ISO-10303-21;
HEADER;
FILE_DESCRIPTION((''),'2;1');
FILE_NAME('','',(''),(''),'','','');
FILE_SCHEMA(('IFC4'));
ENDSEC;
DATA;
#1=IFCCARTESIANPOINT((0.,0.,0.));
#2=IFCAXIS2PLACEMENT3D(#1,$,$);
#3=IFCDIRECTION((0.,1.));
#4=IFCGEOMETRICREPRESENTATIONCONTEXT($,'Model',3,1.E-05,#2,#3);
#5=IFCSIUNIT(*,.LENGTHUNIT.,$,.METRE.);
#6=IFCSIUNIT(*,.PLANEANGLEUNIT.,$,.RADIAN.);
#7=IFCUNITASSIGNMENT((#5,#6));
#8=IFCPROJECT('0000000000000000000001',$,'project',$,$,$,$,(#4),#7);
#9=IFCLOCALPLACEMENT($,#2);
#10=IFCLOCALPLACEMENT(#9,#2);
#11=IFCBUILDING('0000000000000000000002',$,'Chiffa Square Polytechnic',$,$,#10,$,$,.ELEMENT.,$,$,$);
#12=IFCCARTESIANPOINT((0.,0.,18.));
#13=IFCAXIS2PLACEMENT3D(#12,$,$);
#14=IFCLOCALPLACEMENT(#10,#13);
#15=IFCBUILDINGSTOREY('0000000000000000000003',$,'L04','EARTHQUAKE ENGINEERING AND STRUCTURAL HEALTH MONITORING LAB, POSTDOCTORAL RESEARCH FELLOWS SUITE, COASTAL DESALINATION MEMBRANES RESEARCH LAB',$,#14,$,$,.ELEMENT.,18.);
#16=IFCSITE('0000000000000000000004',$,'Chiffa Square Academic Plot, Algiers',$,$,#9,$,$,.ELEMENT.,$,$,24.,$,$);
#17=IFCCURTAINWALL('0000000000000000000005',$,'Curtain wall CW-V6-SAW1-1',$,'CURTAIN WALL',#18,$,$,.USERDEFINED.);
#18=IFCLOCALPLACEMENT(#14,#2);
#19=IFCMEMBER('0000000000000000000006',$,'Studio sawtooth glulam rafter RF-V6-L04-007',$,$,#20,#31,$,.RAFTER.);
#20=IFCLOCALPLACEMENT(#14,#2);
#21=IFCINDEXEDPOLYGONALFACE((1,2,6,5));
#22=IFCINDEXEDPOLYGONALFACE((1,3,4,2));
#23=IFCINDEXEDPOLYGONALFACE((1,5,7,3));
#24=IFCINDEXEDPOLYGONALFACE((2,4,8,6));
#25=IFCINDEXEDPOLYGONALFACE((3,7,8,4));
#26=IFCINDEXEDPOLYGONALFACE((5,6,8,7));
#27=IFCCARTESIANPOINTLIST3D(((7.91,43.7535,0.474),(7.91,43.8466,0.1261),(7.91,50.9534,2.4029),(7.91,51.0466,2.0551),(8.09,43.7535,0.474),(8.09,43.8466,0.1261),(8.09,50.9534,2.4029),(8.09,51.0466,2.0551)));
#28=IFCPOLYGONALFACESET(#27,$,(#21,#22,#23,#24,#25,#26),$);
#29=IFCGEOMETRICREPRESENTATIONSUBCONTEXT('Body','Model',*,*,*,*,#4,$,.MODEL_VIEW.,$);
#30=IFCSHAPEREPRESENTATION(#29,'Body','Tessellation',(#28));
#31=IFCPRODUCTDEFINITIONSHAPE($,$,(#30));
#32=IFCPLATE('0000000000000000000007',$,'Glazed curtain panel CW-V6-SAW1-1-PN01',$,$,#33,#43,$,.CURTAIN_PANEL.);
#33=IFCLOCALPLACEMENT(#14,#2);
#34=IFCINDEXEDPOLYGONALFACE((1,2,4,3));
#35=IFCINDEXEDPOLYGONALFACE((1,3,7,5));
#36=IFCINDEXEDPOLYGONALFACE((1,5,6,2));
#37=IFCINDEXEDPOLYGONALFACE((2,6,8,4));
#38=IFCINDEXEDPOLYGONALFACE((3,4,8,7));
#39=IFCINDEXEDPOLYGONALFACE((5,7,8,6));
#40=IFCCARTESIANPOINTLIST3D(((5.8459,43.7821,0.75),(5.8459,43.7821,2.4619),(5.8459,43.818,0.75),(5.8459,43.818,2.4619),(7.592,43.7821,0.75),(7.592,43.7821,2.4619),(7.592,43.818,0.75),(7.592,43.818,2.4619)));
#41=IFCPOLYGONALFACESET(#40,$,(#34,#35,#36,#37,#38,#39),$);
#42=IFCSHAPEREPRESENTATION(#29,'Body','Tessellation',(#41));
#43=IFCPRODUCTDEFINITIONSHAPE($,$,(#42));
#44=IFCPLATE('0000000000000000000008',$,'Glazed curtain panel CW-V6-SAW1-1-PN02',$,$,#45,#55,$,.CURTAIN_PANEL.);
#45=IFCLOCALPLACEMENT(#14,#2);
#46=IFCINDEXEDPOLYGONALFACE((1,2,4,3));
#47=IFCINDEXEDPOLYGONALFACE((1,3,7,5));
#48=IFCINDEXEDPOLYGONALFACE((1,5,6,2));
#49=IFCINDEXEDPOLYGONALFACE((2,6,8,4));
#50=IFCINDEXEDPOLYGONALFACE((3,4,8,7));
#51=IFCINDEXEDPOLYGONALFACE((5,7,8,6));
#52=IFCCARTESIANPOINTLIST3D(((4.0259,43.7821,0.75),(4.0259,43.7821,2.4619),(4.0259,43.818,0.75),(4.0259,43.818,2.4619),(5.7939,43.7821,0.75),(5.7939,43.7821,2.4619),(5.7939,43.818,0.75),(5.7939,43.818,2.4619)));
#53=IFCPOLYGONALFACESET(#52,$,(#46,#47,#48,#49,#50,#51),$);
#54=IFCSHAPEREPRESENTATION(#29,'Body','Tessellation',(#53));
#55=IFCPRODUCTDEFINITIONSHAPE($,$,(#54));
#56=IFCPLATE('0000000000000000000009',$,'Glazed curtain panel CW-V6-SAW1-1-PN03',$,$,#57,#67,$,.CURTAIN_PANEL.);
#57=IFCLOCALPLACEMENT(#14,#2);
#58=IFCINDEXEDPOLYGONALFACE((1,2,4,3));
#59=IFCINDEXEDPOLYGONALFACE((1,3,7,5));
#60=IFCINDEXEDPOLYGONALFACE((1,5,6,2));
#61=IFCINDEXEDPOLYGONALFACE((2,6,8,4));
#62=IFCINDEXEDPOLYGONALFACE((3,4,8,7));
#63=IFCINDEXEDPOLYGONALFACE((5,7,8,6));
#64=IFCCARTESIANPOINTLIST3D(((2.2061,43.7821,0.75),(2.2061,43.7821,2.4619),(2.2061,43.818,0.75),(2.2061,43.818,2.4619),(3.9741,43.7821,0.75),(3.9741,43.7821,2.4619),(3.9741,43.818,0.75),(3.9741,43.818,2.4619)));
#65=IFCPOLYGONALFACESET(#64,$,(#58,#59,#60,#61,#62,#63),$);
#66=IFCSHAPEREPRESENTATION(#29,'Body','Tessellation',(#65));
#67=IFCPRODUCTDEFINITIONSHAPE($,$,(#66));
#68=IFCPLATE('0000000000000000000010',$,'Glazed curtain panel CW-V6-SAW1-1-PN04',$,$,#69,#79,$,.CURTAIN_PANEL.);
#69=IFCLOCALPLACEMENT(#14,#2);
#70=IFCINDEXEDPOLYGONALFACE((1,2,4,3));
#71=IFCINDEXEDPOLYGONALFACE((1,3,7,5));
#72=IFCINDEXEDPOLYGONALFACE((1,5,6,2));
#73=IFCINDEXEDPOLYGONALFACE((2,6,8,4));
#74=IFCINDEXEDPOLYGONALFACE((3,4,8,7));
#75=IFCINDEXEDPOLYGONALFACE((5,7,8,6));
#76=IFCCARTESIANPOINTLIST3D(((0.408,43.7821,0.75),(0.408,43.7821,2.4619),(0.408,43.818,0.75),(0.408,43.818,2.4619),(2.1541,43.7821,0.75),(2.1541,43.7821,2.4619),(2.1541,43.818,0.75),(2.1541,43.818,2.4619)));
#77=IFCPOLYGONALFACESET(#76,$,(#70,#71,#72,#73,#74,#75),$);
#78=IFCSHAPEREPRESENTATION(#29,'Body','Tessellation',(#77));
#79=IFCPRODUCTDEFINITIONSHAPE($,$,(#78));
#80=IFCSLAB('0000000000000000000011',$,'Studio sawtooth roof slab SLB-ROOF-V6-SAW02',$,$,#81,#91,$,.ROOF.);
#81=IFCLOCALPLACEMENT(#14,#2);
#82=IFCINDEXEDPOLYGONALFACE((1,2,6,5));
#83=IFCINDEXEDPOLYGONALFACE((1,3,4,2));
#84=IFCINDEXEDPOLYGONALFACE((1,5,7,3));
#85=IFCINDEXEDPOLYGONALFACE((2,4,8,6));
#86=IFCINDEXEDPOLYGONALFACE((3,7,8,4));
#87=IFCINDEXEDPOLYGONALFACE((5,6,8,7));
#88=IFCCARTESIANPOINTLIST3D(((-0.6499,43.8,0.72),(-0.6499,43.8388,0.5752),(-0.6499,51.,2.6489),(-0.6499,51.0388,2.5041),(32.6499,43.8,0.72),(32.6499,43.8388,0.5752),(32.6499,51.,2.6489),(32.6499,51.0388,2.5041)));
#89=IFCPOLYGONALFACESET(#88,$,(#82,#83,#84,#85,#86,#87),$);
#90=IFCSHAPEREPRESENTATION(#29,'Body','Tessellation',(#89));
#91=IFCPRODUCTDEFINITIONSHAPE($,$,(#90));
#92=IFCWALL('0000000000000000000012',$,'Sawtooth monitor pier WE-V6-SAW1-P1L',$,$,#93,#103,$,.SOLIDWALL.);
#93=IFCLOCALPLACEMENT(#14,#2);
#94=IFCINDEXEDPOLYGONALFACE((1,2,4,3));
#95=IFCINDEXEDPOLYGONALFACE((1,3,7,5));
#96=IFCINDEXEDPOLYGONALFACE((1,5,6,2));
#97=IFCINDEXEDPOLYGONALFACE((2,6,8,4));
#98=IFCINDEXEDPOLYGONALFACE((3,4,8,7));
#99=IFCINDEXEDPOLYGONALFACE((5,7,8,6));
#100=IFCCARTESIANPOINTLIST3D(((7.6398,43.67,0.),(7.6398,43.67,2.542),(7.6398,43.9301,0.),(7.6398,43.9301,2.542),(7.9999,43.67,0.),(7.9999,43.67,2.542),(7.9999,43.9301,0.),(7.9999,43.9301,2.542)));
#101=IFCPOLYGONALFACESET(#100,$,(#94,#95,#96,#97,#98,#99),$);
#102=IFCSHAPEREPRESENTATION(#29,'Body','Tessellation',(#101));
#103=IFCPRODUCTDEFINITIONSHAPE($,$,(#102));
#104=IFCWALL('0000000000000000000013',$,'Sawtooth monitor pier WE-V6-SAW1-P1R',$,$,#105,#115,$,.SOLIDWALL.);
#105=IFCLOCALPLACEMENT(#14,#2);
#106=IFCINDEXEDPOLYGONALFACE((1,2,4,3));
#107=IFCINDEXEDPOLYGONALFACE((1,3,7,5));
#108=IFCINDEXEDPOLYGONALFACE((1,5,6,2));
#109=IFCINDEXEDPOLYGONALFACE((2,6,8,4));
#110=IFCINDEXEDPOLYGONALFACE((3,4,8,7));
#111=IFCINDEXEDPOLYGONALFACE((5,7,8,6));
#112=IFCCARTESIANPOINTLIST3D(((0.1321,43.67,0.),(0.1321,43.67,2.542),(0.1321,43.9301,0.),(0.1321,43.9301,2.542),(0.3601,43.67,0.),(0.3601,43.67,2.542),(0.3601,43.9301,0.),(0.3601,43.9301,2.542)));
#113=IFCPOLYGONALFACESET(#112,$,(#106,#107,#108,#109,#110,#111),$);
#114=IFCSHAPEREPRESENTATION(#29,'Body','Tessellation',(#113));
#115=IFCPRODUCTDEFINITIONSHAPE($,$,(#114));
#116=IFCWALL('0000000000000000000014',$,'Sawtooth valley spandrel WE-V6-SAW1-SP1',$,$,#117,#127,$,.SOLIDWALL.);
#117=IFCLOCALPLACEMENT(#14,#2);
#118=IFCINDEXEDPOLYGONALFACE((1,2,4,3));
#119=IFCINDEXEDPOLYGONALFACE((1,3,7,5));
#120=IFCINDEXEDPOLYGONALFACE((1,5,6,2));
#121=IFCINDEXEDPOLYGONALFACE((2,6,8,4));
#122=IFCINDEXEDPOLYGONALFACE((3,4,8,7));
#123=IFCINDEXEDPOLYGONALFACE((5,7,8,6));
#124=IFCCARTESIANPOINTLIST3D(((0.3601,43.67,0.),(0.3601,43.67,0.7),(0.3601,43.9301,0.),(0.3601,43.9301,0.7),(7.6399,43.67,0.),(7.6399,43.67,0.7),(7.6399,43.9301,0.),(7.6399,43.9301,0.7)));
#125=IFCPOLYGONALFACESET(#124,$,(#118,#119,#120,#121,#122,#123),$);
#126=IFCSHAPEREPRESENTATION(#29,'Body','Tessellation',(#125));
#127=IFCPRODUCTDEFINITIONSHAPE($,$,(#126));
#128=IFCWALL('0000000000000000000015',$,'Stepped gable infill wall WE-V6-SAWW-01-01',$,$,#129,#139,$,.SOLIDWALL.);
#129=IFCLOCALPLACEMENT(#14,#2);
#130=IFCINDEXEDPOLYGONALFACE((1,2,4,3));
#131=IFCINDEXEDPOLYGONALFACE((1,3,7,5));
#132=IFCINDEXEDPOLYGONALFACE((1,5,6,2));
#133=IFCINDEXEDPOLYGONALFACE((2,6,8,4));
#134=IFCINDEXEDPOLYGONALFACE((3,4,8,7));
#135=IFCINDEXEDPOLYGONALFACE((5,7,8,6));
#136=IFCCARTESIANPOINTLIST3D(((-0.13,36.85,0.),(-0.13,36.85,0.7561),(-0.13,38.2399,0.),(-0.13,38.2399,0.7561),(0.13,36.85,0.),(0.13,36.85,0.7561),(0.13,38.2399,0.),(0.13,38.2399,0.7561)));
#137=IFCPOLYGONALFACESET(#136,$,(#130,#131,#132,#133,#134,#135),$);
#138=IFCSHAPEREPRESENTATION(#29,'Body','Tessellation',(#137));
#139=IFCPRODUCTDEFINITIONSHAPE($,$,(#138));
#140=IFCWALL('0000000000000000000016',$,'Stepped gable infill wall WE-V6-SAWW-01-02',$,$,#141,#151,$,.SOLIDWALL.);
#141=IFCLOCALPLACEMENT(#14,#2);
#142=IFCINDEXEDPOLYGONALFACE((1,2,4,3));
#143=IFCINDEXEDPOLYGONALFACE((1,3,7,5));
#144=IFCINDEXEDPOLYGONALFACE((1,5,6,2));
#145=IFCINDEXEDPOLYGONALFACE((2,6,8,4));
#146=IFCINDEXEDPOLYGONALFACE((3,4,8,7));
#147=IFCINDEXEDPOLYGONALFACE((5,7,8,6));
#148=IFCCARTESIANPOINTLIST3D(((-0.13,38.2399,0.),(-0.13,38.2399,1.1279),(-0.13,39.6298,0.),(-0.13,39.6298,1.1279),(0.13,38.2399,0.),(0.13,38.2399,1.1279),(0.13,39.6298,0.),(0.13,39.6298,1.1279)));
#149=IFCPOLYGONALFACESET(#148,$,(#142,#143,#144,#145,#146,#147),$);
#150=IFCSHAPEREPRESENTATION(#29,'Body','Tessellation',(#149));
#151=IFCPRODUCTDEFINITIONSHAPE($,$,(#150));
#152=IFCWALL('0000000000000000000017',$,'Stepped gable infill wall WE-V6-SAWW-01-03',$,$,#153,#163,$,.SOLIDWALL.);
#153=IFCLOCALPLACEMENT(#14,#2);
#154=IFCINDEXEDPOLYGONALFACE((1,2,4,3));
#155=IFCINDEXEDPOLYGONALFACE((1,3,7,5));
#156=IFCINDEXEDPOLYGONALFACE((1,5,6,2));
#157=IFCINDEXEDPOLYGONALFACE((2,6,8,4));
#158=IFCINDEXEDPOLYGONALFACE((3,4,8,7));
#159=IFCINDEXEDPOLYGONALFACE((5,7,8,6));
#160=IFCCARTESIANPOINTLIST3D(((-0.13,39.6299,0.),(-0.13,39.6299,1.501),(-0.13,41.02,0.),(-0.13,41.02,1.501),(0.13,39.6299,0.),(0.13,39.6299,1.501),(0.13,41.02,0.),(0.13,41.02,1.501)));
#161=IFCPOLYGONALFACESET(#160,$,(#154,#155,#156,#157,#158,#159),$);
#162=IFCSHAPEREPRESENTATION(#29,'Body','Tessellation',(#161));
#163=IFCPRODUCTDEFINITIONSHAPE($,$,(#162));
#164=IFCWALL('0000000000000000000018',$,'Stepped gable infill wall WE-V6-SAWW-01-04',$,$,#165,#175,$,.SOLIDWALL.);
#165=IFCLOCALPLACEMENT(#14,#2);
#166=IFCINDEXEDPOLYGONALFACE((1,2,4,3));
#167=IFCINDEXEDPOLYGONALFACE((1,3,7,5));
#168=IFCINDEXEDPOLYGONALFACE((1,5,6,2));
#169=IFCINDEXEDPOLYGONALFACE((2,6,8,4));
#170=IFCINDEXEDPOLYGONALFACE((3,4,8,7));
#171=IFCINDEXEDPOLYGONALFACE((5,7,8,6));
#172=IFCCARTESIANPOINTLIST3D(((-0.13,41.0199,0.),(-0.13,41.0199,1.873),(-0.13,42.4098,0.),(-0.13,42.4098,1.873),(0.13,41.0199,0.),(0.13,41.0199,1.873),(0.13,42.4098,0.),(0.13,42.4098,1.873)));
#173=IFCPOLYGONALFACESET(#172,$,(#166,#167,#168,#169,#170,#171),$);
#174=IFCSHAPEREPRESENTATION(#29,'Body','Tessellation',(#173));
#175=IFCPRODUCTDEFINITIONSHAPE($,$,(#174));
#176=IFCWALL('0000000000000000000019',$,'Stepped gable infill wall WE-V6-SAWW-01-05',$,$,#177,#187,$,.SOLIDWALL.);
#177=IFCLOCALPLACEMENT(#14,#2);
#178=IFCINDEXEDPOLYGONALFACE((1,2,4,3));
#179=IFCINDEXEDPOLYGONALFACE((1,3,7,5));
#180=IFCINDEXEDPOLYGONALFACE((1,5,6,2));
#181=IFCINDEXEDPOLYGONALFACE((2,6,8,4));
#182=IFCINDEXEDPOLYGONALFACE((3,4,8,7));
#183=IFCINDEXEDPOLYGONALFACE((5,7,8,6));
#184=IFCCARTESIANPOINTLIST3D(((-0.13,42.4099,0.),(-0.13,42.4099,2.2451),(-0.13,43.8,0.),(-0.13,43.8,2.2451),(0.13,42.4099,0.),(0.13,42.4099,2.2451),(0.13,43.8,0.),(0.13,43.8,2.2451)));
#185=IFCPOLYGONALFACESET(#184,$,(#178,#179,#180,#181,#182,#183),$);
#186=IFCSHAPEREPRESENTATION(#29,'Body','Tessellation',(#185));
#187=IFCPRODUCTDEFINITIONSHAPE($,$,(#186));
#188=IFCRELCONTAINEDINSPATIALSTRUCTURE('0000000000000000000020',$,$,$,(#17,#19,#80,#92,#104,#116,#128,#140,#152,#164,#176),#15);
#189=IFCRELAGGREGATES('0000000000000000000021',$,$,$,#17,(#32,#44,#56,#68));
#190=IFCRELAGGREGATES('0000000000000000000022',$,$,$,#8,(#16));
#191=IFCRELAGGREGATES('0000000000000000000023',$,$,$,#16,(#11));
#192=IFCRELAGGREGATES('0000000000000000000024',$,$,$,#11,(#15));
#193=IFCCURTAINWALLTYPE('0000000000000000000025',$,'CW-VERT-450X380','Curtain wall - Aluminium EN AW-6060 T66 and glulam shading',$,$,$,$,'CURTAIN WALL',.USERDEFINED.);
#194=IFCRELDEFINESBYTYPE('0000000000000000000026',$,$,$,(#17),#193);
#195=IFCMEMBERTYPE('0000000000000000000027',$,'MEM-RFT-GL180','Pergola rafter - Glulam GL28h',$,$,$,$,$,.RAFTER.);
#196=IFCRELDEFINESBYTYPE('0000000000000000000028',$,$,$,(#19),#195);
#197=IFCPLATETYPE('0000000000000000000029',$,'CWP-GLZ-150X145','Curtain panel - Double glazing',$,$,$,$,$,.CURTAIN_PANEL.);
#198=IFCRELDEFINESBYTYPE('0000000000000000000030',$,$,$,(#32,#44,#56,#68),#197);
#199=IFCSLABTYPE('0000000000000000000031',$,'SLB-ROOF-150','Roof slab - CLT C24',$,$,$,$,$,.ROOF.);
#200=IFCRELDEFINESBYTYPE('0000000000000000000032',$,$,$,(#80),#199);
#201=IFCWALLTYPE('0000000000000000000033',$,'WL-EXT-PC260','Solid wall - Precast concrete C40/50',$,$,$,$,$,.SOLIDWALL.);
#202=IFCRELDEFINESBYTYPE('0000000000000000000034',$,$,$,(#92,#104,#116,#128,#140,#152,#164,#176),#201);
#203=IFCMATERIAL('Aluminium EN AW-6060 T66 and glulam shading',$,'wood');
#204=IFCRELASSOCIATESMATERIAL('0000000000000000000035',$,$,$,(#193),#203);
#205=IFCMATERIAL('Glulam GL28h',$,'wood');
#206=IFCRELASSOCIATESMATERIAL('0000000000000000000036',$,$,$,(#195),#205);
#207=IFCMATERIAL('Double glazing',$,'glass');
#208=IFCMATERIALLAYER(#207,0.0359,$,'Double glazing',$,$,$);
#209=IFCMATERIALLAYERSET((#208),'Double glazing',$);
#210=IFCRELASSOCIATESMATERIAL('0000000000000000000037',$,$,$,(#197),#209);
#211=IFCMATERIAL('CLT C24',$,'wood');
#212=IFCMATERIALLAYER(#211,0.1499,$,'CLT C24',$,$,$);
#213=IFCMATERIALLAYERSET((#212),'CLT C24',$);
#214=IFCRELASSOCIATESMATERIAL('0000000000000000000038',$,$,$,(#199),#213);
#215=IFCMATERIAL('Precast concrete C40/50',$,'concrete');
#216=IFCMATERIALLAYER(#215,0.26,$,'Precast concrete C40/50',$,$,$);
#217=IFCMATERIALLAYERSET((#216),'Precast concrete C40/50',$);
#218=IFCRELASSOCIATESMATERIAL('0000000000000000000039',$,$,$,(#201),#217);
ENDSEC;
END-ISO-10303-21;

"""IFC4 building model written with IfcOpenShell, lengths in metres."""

from ifc_helpers import new_model, si_unit, direction, frame, frame_2d, origin, origin_2d, place, context, subcontext, project, spatial, polyline, rectangle, outline, extrude, material, layer, layer_set, material_profile, profile_set, type_object, element, aggregate, save


model = new_model("IFC4")

# Units and contexts
model_context = context("Model", 3, precision=1e-05, world=origin(), true_north=direction((0.0, 1.0)))
body_context = subcontext(model_context, "Body", "Model", "MODEL_VIEW")
ifc_project = project(units=[si_unit("LENGTHUNIT", "METRE"), si_unit("PLANEANGLEUNIT", "RADIAN")], contexts=[model_context])

# Site, building, storey
site_placement = place(None, origin())
site = spatial("IfcSite", under=ifc_project, at=site_placement, Name="Chiffa Square Academic Plot, Algiers", CompositionType="ELEMENT", RefElevation=24.0)
building_placement = place(site_placement, origin())
building = spatial("IfcBuilding", under=site, at=building_placement, Name="Chiffa Square Polytechnic", CompositionType="ELEMENT")
storey_placement = place(building_placement, frame((0.0, 0.0, 18.0)))
storey = spatial("IfcBuildingStorey", under=building, at=storey_placement, Name="L04", Description="EARTHQUAKE ENGINEERING AND STRUCTURAL HEALTH MONITORING LAB, POSTDOCTORAL RESEARCH FELLOWS SUITE, COASTAL DESALINATION MEMBRANES RESEARCH LAB", CompositionType="ELEMENT", Elevation=18.0)

# Curtain wall
ifc_material_1 = material(Name="Aluminium EN AW-6060 T66 and glulam shading", Category="wood")
curtain_wall_type = type_object("IfcCurtainWallType", Name="CW-VERT-450X380", Description="Curtain wall - Aluminium EN AW-6060 T66 and glulam shading", ElementType="CURTAIN WALL", PredefinedType="USERDEFINED", material=ifc_material_1)
curtain_wall_placement = place(storey_placement, origin())
curtain_wall = element("IfcCurtainWall", 1, at=curtain_wall_placement, inside=storey, type_object=curtain_wall_type, Name="Curtain wall CW-V6-SAW1-1", ObjectType="CURTAIN WALL", PredefinedType="USERDEFINED")

# Member
ifc_material_2 = material(Name="Glulam GL28h", Category="wood")
ifc_material_profile_1 = material_profile(ifc_material_2, rectangle(XDim=0.1799, YDim=0.3601, at=origin_2d()), Name="GL28h 180x360")
ifc_profile_set_1 = profile_set([ifc_material_profile_1], Name="Glulam GL28h")
member_type_1 = type_object("IfcMemberType", Name="MEM-RFT-GL180", Description="Pergola rafter - Glulam GL28h", PredefinedType="RAFTER", material=ifc_profile_set_1)
for number, where, z_axis, x_axis, name in (
    (2, (8.0, 43.8, 0.3), (0.0, 0.965935, 0.258786), (-1.0, 0.0, 0.0), "Studio sawtooth glulam rafter RF-V6-L04-007"),
):
    element("IfcMember", number, at=place(storey_placement, frame(where, z_axis=z_axis, x_axis=x_axis)), inside=storey, type_object=member_type_1, Name=name, PredefinedType="RAFTER", context=body_context, shape_type="SweptSolid", body=[
        extrude(rectangle(XDim=0.1799, YDim=0.3601, at=origin_2d()), origin(), (0.0, 0.0, 1.0), 7.4539),
    ])

# Plates
ifc_material_3 = material(Name="Double glazing", Category="glass")
ifc_layer_1 = layer(ifc_material_3, 0.0359, Name="Double glazing")
ifc_layer_set_1 = layer_set([ifc_layer_1], Name="Double glazing")
plate_type = type_object("IfcPlateType", Name="CWP-GLZ-150X145", Description="Curtain panel - Double glazing", PredefinedType="CURTAIN_PANEL", material=ifc_layer_set_1)
plate_1_placement = place(storey_placement, frame((6.719, 43.8, 0.75), z_axis=(0.0, 0.0, 1.0), x_axis=(-1.0, 0.0, 0.0)))
plate_1 = element("IfcPlate", 3, at=plate_1_placement, type_object=plate_type, Name="Glazed curtain panel CW-V6-SAW1-1-PN01", PredefinedType="CURTAIN_PANEL", context=body_context, shape_type="SweptSolid", body=[
    extrude(rectangle(XDim=1.7461, YDim=0.0359, at=origin_2d()), origin(), (0.0, 0.0, 1.0), 1.7119),
])
plate_2_placement = place(storey_placement, frame((4.9099, 43.8, 0.75), z_axis=(0.0, 0.0, 1.0), x_axis=(-1.0, 0.0, 0.0)))
plate_2 = element("IfcPlate", 4, at=plate_2_placement, type_object=plate_type, Name="Glazed curtain panel CW-V6-SAW1-1-PN02", PredefinedType="CURTAIN_PANEL", context=body_context, shape_type="SweptSolid", body=[
    extrude(rectangle(XDim=1.7681, YDim=0.0359, at=origin_2d()), origin(), (0.0, 0.0, 1.0), 1.7119),
])
plate_3_placement = place(storey_placement, frame((3.0901, 43.8, 0.75), z_axis=(0.0, 0.0, 1.0), x_axis=(-1.0, 0.0, 0.0)))
plate_3 = element("IfcPlate", 5, at=plate_3_placement, type_object=plate_type, Name="Glazed curtain panel CW-V6-SAW1-1-PN03", PredefinedType="CURTAIN_PANEL", context=body_context, shape_type="SweptSolid", body=[
    extrude(rectangle(XDim=1.7681, YDim=0.0359, at=origin_2d()), origin(), (0.0, 0.0, 1.0), 1.7119),
])
plate_4_placement = place(storey_placement, frame((1.281, 43.8, 0.75), z_axis=(0.0, 0.0, 1.0), x_axis=(-1.0, 0.0, 0.0)))
plate_4 = element("IfcPlate", 6, at=plate_4_placement, type_object=plate_type, Name="Glazed curtain panel CW-V6-SAW1-1-PN04", PredefinedType="CURTAIN_PANEL", context=body_context, shape_type="SweptSolid", body=[
    extrude(rectangle(XDim=1.7461, YDim=0.0359, at=origin_2d()), origin(), (0.0, 0.0, 1.0), 1.7119),
])
aggregate(curtain_wall, [plate_1, plate_2, plate_3, plate_4])

# Slab
ifc_material_4 = material(Name="CLT C24", Category="wood")
ifc_layer_2 = layer(ifc_material_4, 0.1499, Name="CLT C24")
ifc_layer_set_2 = layer_set([ifc_layer_2], Name="CLT C24")
slab_type = type_object("IfcSlabType", Name="SLB-ROOF-150", Description="Roof slab - CLT C24", PredefinedType="ROOF", material=ifc_layer_set_2)
slab_placement = place(storey_placement, frame((-0.6499, 43.8, 0.72), z_axis=(0.0, -0.258786, 0.965935), x_axis=(1.0, 0.0, 0.0)))
element("IfcSlab", 7, at=slab_placement, inside=storey, type_object=slab_type, Name="Studio sawtooth roof slab SLB-ROOF-V6-SAW02", PredefinedType="ROOF", context=body_context, shape_type="SweptSolid", body=[
    extrude(outline(polyline([(0.0, 0.0), (33.2998, 0.0), (33.2998, 7.4539), (0.0, 7.4539), (0.0, 0.0)])), origin(), (0.0, 0.0, -1.0), 0.1499),
])

# Walls
ifc_material_5 = material(Name="Precast concrete C40/50", Category="concrete")
ifc_layer_3 = layer(ifc_material_5, 0.26, Name="Precast concrete C40/50")
ifc_layer_set_3 = layer_set([ifc_layer_3], Name="Precast concrete C40/50")
wall_type = type_object("IfcWallType", Name="WL-EXT-PC260", Description="Solid wall - Precast concrete C40/50", PredefinedType="SOLIDWALL", material=ifc_layer_set_3)
wall_1_placement = place(storey_placement, frame((8.0, 43.8, 0.0), z_axis=(0.0, 0.0, 1.0), x_axis=(-1.0, 0.0, 0.0)))
element("IfcWall", 8, at=wall_1_placement, inside=storey, type_object=wall_type, Name="Sawtooth monitor pier WE-V6-SAW1-P1L", PredefinedType="SOLIDWALL", context=body_context, shape_type="SweptSolid", body=[
    extrude(rectangle(XDim=0.3601, YDim=0.26, at=frame_2d((0.1802, 0.0))), origin(), (0.0, 0.0, 1.0), 2.542),
])
wall_2_placement = place(storey_placement, frame((0.3601, 43.8, 0.0), z_axis=(0.0, 0.0, 1.0), x_axis=(-1.0, 0.0, 0.0)))
element("IfcWall", 9, at=wall_2_placement, inside=storey, type_object=wall_type, Name="Sawtooth monitor pier WE-V6-SAW1-P1R", PredefinedType="SOLIDWALL", context=body_context, shape_type="SweptSolid", body=[
    extrude(rectangle(XDim=0.228, YDim=0.26, at=frame_2d((0.114, 0.0))), origin(), (0.0, 0.0, 1.0), 2.542),
])
wall_3_placement = place(storey_placement, frame((0.3601, 43.8, 0.0), z_axis=(0.0, 0.0, 1.0), x_axis=(1.0, 0.0, 0.0)))
element("IfcWall", 10, at=wall_3_placement, inside=storey, type_object=wall_type, Name="Sawtooth valley spandrel WE-V6-SAW1-SP1", PredefinedType="SOLIDWALL", context=body_context, shape_type="SweptSolid", body=[
    extrude(rectangle(XDim=7.2798, YDim=0.26, at=frame_2d((3.6399, 0.0))), origin(), (0.0, 0.0, 1.0), 0.7),
])
wall_4_placement = place(storey_placement, frame((0.0, 36.8501, 0.0), z_axis=(0.0, 0.0, 1.0), x_axis=(0.0, 1.0, 0.0)))
element("IfcWall", 11, at=wall_4_placement, inside=storey, type_object=wall_type, Name="Stepped gable infill wall WE-V6-SAWW-01-01", PredefinedType="SOLIDWALL", context=body_context, shape_type="SweptSolid", body=[
    extrude(rectangle(XDim=1.3899, YDim=0.26, at=frame_2d((0.6948, 0.0))), origin(), (0.0, 0.0, 1.0), 0.7561),
])
wall_5_placement = place(storey_placement, frame((0.0, 38.24, 0.0), z_axis=(0.0, 0.0, 1.0), x_axis=(0.0, 1.0, 0.0)))
element("IfcWall", 12, at=wall_5_placement, inside=storey, type_object=wall_type, Name="Stepped gable infill wall WE-V6-SAWW-01-02", PredefinedType="SOLIDWALL", context=body_context, shape_type="SweptSolid", body=[
    extrude(rectangle(XDim=1.3899, YDim=0.26, at=frame_2d((0.6948, 0.0))), origin(), (0.0, 0.0, 1.0), 1.1279),
])
wall_6_placement = place(storey_placement, frame((0.0, 39.6299, 0.0), z_axis=(0.0, 0.0, 1.0), x_axis=(0.0, 1.0, 0.0)))
element("IfcWall", 13, at=wall_6_placement, inside=storey, type_object=wall_type, Name="Stepped gable infill wall WE-V6-SAWW-01-03", PredefinedType="SOLIDWALL", context=body_context, shape_type="SweptSolid", body=[
    extrude(rectangle(XDim=1.3901, YDim=0.26, at=frame_2d((0.6951, 0.0))), origin(), (0.0, 0.0, 1.0), 1.501),
])
wall_7_placement = place(storey_placement, frame((0.0, 41.02, 0.0), z_axis=(0.0, 0.0, 1.0), x_axis=(0.0, 1.0, 0.0)))
element("IfcWall", 14, at=wall_7_placement, inside=storey, type_object=wall_type, Name="Stepped gable infill wall WE-V6-SAWW-01-04", PredefinedType="SOLIDWALL", context=body_context, shape_type="SweptSolid", body=[
    extrude(rectangle(XDim=1.3899, YDim=0.26, at=frame_2d((0.6948, 0.0))), origin(), (0.0, 0.0, 1.0), 1.873),
])
wall_8_placement = place(storey_placement, frame((0.0, 42.4099, 0.0), z_axis=(0.0, 0.0, 1.0), x_axis=(0.0, 1.0, 0.0)))
element("IfcWall", 15, at=wall_8_placement, inside=storey, type_object=wall_type, Name="Stepped gable infill wall WE-V6-SAWW-01-05", PredefinedType="SOLIDWALL", context=body_context, shape_type="SweptSolid", body=[
    extrude(rectangle(XDim=1.3901, YDim=0.26, at=frame_2d((0.6951, 0.0))), origin(), (0.0, 0.0, 1.0), 2.2451),
])

save(model, "model.ifc")
